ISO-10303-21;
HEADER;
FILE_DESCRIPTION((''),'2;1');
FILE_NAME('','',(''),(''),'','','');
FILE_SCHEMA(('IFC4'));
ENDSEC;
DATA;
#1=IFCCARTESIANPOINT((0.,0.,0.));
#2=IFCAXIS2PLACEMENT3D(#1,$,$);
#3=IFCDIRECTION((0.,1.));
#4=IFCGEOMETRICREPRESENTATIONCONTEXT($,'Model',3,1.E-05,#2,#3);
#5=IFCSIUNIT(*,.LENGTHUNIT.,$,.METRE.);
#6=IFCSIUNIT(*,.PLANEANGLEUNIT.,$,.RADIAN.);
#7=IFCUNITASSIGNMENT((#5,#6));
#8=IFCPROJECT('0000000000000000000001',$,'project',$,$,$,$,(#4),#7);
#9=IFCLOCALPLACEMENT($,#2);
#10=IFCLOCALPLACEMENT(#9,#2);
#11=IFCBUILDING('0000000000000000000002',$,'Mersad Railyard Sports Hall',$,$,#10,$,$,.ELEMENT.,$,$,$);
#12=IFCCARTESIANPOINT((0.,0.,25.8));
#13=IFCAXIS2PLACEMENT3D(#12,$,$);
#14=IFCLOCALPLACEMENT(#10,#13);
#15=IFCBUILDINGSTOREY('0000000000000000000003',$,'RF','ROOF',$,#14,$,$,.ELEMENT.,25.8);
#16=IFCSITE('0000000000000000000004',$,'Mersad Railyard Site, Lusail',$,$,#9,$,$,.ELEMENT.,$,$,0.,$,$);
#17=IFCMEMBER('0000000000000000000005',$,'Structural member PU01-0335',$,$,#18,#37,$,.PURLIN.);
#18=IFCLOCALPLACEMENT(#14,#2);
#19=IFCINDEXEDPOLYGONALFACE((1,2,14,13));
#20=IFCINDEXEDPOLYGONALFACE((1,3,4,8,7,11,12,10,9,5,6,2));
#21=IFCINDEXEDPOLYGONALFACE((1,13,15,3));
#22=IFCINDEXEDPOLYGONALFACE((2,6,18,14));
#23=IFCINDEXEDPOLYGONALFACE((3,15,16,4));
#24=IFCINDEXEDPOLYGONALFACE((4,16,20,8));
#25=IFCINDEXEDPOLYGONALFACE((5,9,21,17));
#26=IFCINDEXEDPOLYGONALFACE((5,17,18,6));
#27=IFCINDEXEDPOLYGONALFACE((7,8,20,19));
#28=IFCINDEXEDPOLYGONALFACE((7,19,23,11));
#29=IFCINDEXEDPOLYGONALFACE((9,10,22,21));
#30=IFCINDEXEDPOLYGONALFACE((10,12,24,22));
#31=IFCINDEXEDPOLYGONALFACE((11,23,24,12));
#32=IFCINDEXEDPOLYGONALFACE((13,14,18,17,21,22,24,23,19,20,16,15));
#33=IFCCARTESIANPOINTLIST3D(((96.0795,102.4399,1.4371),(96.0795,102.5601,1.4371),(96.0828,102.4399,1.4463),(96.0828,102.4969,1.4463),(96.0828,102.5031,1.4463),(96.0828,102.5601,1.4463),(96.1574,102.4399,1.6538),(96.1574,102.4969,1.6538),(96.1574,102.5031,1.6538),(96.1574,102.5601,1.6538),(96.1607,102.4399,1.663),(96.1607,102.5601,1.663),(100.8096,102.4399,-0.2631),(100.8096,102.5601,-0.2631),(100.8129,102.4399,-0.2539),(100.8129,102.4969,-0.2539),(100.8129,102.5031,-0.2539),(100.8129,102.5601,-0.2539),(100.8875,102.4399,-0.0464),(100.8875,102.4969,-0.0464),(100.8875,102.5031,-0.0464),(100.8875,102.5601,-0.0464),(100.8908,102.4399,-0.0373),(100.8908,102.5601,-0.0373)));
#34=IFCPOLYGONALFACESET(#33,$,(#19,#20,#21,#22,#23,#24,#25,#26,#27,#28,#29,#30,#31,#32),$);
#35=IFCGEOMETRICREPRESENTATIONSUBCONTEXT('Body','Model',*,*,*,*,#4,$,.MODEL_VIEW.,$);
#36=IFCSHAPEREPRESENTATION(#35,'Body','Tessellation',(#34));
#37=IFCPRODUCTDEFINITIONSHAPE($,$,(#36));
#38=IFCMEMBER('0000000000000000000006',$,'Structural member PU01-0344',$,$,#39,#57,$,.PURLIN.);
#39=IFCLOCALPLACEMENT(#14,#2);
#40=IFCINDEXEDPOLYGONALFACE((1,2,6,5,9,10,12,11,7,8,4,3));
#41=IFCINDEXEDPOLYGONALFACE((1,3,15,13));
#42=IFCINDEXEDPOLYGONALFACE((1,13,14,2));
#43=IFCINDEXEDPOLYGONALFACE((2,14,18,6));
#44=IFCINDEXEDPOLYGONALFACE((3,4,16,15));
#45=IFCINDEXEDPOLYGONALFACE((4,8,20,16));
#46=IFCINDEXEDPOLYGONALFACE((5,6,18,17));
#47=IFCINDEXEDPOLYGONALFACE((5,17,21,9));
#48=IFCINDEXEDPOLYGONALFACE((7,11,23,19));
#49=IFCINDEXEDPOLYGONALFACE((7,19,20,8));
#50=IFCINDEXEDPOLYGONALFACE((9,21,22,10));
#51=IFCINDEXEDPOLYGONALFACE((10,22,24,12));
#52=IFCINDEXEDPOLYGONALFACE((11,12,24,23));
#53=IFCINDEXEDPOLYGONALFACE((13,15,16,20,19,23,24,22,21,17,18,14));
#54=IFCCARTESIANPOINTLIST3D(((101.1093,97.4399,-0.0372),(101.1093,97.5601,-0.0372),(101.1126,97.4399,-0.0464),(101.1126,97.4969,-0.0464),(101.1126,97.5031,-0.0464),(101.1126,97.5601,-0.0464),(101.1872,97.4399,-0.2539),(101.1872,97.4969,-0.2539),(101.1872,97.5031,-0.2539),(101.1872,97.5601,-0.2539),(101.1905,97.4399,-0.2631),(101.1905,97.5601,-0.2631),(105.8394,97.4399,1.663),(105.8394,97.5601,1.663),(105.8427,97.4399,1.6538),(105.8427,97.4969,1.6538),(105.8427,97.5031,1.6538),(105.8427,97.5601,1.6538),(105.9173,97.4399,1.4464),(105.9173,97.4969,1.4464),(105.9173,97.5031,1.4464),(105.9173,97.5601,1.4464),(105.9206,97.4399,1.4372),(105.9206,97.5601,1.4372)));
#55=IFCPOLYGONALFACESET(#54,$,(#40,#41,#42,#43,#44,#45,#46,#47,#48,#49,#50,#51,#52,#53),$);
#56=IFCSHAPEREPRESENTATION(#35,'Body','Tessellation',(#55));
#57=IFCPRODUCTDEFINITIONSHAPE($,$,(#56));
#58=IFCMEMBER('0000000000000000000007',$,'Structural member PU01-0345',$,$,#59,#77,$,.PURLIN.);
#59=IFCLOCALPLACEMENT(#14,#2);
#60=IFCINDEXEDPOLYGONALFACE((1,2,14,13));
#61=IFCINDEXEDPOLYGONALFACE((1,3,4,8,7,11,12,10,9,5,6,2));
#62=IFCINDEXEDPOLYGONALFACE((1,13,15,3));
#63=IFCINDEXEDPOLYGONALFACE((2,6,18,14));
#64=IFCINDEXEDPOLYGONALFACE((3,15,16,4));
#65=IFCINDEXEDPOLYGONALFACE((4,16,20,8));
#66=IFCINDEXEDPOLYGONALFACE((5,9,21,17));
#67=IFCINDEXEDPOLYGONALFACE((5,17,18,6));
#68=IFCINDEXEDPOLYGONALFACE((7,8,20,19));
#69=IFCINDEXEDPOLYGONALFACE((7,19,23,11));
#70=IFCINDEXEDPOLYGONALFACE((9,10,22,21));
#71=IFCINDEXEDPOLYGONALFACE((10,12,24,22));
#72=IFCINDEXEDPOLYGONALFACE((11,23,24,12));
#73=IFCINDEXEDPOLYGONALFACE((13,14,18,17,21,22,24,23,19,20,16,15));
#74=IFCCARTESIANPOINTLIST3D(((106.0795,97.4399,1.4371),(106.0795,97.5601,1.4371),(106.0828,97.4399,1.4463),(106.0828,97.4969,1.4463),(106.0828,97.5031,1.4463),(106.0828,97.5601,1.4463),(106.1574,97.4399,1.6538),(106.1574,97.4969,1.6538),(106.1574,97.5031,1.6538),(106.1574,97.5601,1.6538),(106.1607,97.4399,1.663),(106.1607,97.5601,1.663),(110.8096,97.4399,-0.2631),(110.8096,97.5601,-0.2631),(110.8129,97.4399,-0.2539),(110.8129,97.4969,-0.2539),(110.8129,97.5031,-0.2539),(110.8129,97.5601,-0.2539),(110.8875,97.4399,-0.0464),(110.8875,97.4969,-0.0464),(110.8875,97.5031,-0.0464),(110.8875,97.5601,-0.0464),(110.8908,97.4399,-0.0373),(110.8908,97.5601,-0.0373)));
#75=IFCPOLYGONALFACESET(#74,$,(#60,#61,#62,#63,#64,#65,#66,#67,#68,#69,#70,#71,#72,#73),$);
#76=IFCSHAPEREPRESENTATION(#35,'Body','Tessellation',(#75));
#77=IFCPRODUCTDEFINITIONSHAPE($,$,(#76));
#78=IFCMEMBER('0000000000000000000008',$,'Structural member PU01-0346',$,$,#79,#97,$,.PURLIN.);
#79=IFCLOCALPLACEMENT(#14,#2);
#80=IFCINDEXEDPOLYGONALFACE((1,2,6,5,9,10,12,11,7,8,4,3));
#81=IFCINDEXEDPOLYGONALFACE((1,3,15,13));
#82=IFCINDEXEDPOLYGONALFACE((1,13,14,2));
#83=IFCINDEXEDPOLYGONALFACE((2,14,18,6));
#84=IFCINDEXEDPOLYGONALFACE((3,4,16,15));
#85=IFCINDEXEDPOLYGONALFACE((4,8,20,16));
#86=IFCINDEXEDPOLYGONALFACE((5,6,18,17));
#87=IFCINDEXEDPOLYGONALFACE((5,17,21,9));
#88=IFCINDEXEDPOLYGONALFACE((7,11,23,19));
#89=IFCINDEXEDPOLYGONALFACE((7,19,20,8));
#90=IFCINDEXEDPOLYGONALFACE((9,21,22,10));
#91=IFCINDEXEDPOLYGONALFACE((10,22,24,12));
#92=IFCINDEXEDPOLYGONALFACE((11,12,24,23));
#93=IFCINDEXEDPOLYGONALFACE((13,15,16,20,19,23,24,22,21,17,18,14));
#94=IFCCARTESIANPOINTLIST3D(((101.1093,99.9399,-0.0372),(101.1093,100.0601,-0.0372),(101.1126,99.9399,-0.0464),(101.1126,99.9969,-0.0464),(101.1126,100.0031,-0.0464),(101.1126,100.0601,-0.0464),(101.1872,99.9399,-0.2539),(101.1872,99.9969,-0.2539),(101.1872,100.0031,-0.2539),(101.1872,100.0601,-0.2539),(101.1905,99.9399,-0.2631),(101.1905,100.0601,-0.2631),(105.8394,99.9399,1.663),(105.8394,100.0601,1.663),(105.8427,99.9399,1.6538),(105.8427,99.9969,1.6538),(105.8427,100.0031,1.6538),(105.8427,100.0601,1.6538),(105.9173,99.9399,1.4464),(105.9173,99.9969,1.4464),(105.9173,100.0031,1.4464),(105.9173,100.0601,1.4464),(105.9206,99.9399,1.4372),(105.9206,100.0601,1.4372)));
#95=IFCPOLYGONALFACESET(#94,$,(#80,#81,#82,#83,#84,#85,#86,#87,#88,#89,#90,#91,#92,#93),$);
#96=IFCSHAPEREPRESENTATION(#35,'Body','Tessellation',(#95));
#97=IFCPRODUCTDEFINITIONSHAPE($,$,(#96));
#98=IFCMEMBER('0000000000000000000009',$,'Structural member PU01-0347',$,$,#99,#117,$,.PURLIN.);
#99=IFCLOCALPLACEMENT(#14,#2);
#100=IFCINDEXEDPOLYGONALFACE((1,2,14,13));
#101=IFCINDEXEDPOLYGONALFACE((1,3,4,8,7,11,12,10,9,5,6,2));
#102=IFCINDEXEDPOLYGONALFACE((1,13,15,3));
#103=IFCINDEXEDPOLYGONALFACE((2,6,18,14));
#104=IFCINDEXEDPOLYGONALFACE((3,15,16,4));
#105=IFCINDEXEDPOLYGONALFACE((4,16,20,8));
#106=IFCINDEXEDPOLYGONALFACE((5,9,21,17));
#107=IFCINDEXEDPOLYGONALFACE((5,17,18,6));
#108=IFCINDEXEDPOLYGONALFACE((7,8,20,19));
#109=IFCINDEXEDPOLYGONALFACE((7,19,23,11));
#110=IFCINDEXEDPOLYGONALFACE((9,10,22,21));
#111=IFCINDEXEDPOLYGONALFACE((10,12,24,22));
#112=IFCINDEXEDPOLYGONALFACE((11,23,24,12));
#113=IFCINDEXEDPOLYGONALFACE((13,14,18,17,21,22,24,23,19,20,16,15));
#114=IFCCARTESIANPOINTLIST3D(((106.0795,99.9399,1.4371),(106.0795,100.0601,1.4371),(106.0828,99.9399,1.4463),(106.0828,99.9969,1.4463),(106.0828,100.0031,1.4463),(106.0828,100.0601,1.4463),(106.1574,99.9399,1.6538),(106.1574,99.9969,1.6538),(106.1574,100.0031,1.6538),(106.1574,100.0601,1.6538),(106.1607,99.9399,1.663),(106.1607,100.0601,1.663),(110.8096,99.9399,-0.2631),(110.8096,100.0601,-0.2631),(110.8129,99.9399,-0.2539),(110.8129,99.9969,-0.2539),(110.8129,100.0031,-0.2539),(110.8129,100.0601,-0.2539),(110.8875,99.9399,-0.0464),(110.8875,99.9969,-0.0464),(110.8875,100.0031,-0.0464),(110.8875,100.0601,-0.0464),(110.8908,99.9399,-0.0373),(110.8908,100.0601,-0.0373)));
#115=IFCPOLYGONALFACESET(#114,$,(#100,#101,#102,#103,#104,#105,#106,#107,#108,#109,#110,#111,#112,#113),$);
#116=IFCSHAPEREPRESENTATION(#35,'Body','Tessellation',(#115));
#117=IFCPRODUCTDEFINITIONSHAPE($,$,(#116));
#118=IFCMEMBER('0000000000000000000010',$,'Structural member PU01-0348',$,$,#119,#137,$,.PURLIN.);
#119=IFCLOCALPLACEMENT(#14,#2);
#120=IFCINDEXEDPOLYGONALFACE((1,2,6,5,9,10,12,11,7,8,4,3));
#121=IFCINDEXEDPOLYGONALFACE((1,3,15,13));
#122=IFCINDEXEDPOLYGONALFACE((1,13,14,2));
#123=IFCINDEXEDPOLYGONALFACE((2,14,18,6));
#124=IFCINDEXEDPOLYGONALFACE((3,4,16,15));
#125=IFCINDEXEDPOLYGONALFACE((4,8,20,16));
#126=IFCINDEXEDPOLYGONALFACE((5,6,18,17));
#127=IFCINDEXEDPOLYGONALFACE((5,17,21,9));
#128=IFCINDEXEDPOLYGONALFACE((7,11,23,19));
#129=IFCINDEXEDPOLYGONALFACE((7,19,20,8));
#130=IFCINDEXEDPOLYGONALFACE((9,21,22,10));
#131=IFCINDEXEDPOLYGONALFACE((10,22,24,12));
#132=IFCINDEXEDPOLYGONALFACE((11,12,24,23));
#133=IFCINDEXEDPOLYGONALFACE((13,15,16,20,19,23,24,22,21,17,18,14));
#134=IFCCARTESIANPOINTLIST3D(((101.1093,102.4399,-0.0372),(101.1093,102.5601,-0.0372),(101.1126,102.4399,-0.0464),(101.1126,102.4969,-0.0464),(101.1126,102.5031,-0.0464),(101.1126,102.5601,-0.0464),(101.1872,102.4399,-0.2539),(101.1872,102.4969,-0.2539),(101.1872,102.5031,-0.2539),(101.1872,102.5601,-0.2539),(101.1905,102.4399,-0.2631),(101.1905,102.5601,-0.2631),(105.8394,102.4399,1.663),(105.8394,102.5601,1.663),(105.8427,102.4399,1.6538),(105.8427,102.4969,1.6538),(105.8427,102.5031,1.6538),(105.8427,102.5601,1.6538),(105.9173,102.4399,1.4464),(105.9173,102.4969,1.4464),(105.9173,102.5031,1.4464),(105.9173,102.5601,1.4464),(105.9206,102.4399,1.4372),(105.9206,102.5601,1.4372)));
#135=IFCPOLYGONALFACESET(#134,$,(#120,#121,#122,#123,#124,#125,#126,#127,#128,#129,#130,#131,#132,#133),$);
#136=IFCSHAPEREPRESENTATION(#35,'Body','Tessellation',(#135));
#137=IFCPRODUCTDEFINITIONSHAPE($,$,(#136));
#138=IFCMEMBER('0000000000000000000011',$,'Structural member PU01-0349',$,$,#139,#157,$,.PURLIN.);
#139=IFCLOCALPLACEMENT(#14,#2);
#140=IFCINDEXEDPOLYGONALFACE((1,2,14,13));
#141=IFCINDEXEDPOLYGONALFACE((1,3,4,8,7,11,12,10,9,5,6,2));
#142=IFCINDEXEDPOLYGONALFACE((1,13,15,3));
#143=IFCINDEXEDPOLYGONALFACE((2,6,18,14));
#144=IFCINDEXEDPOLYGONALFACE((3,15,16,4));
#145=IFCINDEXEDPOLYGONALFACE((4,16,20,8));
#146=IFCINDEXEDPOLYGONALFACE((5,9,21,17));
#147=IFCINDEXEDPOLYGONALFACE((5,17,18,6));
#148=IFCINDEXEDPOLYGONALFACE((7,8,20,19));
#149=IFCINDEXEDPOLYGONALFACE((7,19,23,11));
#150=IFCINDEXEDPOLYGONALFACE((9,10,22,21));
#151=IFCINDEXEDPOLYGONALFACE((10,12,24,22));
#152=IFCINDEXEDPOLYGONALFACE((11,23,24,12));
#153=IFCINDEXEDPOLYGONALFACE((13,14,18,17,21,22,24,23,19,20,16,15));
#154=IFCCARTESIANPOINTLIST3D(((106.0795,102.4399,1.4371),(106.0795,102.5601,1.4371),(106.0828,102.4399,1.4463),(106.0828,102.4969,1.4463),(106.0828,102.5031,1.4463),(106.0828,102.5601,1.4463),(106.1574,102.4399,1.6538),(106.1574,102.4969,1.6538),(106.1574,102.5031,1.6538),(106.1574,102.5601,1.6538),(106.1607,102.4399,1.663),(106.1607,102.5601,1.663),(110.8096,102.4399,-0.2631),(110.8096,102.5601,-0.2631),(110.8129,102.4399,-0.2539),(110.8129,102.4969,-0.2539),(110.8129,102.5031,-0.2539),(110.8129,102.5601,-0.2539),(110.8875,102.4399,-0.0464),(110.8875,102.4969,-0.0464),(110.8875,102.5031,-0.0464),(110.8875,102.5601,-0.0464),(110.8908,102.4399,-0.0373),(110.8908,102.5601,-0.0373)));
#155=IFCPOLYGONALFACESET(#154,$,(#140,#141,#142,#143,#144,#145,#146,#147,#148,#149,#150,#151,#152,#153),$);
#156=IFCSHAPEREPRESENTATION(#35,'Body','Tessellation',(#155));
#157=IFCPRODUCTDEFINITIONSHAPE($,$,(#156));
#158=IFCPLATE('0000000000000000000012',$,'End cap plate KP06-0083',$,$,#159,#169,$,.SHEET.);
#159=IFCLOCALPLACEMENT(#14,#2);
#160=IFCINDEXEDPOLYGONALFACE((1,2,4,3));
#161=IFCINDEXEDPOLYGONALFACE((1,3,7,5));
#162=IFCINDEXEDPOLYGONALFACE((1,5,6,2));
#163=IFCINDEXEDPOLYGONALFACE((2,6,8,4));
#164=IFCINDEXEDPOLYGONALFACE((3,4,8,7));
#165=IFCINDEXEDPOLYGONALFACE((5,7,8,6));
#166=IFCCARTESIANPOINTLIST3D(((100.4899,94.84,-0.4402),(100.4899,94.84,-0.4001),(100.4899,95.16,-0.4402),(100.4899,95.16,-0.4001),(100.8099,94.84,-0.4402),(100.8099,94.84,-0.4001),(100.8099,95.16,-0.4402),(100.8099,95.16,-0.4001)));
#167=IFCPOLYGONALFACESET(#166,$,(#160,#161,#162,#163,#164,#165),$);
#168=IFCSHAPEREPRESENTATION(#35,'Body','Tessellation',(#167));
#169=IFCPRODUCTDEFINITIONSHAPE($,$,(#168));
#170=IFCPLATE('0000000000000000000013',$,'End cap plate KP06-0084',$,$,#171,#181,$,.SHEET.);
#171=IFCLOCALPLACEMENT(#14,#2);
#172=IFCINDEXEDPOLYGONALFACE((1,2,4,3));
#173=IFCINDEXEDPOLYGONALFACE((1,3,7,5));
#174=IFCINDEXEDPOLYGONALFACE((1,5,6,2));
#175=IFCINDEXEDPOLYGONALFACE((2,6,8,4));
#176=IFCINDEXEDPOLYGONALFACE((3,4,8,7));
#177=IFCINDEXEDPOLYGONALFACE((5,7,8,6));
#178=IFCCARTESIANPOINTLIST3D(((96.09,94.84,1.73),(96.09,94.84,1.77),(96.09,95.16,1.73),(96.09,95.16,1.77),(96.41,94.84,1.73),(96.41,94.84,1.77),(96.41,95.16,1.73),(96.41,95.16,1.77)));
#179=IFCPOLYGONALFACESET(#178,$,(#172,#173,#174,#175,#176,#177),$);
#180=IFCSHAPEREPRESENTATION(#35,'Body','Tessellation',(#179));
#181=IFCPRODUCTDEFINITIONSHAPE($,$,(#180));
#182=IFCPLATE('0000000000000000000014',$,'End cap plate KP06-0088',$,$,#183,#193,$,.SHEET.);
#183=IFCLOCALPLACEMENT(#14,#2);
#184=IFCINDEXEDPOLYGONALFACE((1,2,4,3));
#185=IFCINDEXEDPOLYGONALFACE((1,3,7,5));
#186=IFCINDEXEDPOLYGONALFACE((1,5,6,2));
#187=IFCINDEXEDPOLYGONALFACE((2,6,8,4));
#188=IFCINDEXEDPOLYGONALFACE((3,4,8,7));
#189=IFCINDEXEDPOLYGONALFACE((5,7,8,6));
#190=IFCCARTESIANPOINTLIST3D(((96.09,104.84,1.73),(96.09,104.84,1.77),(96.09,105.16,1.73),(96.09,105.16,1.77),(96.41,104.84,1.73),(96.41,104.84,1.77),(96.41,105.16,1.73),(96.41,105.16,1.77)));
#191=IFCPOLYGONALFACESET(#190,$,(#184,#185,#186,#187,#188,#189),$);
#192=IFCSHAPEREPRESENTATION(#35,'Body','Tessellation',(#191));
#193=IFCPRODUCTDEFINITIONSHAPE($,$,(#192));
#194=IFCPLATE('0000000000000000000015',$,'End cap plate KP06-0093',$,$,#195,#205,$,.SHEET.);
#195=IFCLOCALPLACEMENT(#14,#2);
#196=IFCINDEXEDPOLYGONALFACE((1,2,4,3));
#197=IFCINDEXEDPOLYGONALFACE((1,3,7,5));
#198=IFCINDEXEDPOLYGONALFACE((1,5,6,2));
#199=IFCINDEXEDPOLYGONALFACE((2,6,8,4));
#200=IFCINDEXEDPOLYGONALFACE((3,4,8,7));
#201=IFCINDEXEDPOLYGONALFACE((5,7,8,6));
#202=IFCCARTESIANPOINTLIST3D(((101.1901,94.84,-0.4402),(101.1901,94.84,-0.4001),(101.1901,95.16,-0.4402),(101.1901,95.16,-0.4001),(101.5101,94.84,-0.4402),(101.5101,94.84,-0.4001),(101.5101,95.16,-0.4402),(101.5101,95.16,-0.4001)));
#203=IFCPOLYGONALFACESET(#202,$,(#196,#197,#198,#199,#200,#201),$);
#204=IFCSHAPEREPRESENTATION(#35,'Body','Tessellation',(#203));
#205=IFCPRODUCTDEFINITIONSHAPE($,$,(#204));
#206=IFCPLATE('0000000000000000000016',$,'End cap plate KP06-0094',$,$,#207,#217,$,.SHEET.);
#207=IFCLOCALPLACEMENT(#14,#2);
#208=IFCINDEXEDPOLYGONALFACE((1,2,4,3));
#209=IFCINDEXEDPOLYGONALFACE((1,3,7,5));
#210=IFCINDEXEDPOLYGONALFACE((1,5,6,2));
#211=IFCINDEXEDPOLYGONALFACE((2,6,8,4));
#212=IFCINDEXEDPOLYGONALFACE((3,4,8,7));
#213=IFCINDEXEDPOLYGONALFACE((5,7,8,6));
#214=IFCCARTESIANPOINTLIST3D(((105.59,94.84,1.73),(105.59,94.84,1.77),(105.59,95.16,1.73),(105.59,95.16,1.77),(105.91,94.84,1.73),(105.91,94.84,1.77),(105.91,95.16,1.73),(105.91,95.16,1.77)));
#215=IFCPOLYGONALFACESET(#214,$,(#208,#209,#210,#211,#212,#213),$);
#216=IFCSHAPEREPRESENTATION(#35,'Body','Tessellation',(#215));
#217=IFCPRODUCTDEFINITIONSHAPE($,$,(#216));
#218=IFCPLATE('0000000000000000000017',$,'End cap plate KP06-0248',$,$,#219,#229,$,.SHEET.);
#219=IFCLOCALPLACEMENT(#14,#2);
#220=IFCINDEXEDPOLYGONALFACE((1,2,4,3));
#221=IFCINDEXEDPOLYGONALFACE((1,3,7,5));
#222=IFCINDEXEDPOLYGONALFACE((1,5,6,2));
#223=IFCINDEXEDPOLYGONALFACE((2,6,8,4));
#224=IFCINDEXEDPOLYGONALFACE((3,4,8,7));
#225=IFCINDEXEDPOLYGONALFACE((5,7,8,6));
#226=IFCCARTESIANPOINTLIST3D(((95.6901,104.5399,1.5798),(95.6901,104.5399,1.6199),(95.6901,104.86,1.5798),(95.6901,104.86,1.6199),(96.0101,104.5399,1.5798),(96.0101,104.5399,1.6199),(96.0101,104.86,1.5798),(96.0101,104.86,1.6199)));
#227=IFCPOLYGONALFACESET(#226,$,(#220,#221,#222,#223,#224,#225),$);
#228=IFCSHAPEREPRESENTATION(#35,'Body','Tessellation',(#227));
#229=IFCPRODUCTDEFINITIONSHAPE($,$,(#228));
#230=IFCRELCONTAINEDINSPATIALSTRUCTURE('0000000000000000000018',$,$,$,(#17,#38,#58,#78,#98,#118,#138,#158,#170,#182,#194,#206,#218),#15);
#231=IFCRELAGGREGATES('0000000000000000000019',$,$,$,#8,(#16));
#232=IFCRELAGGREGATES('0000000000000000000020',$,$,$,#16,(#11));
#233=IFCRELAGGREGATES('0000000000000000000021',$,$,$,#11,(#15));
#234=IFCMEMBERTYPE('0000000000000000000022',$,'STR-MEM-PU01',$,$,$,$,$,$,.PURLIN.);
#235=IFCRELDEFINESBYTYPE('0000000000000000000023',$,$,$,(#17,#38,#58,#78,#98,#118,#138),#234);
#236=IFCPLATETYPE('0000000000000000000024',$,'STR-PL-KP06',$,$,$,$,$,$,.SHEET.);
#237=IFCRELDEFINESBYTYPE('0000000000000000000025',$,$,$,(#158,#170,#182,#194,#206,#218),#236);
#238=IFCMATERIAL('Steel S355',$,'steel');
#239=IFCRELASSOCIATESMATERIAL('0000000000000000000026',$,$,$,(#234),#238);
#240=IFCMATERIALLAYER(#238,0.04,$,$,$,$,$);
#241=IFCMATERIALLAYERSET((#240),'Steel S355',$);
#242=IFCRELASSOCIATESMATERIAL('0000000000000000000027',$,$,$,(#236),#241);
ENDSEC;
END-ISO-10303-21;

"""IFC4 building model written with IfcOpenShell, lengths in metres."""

from ifc_helpers import new_model, si_unit, direction, frame, origin, origin_2d, place, context, subcontext, project, spatial, rectangle, i_section, extrude, material, layer, layer_set, material_profile, profile_set, type_object, element, save


model = new_model("IFC4")

# Units and contexts
model_context = context("Model", 3, precision=1e-05, world=origin(), true_north=direction((0.0, 1.0)))
body_context = subcontext(model_context, "Body", "Model", "MODEL_VIEW")
ifc_project = project(units=[si_unit("LENGTHUNIT", "METRE"), si_unit("PLANEANGLEUNIT", "RADIAN")], contexts=[model_context])

# Site, building, storey
site_placement = place(None, origin())
site = spatial("IfcSite", under=ifc_project, at=site_placement, Name="Mersad Railyard Site, Lusail", CompositionType="ELEMENT", RefElevation=0.0)
building_placement = place(site_placement, origin())
building = spatial("IfcBuilding", under=site, at=building_placement, Name="Mersad Railyard Sports Hall", CompositionType="ELEMENT")
storey_placement = place(building_placement, frame((0.0, 0.0, 25.8)))
storey = spatial("IfcBuildingStorey", under=building, at=storey_placement, Name="RF", Description="ROOF", CompositionType="ELEMENT", Elevation=25.8)

# Shared definitions
ifc_material_1 = material(Name="Steel S355", Category="steel")

# Members
ifc_material_profile_1 = material_profile(ifc_material_1, i_section(OverallWidth=0.1201, OverallDepth=0.24, WebThickness=0.0061, FlangeThickness=0.0098, at=origin_2d()), Name="IPE 240")
ifc_profile_set_1 = profile_set([ifc_material_profile_1], Name="Steel S355")
member_type_1 = type_object("IfcMemberType", Name="STR-MEM-PU01", PredefinedType="PURLIN", material=ifc_profile_set_1)
for number, where, z_axis, x_axis, name in (
    (1, (96.1201, 102.5, 1.55), (0.941052, 0.0, -0.338262), (0.0, 1.0, 0.0), "Structural member PU01-0335"),
    (2, (101.1499, 97.5, -0.1501), (0.941052, 0.0, 0.338262), (0.0, 1.0, 0.0), "Structural member PU01-0344"),
    (3, (106.1201, 97.5, 1.55), (0.941052, 0.0, -0.338262), (0.0, 1.0, 0.0), "Structural member PU01-0345"),
    (4, (101.1499, 100.0, -0.1501), (0.941052, 0.0, 0.338262), (0.0, 1.0, 0.0), "Structural member PU01-0346"),
    (5, (106.1201, 100.0, 1.55), (0.941052, 0.0, -0.338262), (0.0, 1.0, 0.0), "Structural member PU01-0347"),
    (6, (101.1499, 102.5, -0.1501), (0.941052, 0.0, 0.338262), (0.0, 1.0, 0.0), "Structural member PU01-0348"),
    (7, (106.1201, 102.5, 1.55), (0.941052, 0.0, -0.338262), (0.0, 1.0, 0.0), "Structural member PU01-0349"),
):
    element("IfcMember", number, at=place(storey_placement, frame(where, z_axis=z_axis, x_axis=x_axis)), inside=storey, type_object=member_type_1, Name=name, PredefinedType="PURLIN", context=body_context, shape_type="SweptSolid", body=[
        extrude(i_section(OverallWidth=0.1201, OverallDepth=0.24, WebThickness=0.0061, FlangeThickness=0.0098, at=origin_2d()), origin(), (0.0, 0.0, 1.0), 5.0264),
    ])

# Plates
ifc_layer_1 = layer(ifc_material_1, 0.04)
ifc_layer_set_1 = layer_set([ifc_layer_1], Name="Steel S355")
plate_type = type_object("IfcPlateType", Name="STR-PL-KP06", PredefinedType="SHEET", material=ifc_layer_set_1)
for number, where, z_axis, x_axis, name in (
    (8, (100.6499, 95.0, -0.4402), (0.0, 0.0, 1.0), (1.0, 0.0, 0.0), "End cap plate KP06-0083"),
    (9, (96.25, 95.0, 1.73), (0.0, 0.0, 1.0), (1.0, 0.0, 0.0), "End cap plate KP06-0084"),
    (10, (96.25, 105.0, 1.73), (0.0, 0.0, 1.0), (1.0, 0.0, 0.0), "End cap plate KP06-0088"),
    (11, (101.3501, 95.0, -0.4402), (0.0, 0.0, 1.0), (1.0, 0.0, 0.0), "End cap plate KP06-0093"),
    (12, (105.75, 95.0, 1.73), (0.0, 0.0, 1.0), (1.0, 0.0, 0.0), "End cap plate KP06-0094"),
    (13, (95.8501, 104.7, 1.5798), (0.0, 0.0, 1.0), (1.0, 0.0, 0.0), "End cap plate KP06-0248"),
):
    element("IfcPlate", number, at=place(storey_placement, frame(where, z_axis=z_axis, x_axis=x_axis)), inside=storey, type_object=plate_type, Name=name, PredefinedType="SHEET", context=body_context, shape_type="SweptSolid", body=[
        extrude(rectangle(XDim=0.3201, YDim=0.3201, at=origin_2d()), origin(), (0.0, 0.0, 1.0), 0.04),
    ])

save(model, "model.ifc")
